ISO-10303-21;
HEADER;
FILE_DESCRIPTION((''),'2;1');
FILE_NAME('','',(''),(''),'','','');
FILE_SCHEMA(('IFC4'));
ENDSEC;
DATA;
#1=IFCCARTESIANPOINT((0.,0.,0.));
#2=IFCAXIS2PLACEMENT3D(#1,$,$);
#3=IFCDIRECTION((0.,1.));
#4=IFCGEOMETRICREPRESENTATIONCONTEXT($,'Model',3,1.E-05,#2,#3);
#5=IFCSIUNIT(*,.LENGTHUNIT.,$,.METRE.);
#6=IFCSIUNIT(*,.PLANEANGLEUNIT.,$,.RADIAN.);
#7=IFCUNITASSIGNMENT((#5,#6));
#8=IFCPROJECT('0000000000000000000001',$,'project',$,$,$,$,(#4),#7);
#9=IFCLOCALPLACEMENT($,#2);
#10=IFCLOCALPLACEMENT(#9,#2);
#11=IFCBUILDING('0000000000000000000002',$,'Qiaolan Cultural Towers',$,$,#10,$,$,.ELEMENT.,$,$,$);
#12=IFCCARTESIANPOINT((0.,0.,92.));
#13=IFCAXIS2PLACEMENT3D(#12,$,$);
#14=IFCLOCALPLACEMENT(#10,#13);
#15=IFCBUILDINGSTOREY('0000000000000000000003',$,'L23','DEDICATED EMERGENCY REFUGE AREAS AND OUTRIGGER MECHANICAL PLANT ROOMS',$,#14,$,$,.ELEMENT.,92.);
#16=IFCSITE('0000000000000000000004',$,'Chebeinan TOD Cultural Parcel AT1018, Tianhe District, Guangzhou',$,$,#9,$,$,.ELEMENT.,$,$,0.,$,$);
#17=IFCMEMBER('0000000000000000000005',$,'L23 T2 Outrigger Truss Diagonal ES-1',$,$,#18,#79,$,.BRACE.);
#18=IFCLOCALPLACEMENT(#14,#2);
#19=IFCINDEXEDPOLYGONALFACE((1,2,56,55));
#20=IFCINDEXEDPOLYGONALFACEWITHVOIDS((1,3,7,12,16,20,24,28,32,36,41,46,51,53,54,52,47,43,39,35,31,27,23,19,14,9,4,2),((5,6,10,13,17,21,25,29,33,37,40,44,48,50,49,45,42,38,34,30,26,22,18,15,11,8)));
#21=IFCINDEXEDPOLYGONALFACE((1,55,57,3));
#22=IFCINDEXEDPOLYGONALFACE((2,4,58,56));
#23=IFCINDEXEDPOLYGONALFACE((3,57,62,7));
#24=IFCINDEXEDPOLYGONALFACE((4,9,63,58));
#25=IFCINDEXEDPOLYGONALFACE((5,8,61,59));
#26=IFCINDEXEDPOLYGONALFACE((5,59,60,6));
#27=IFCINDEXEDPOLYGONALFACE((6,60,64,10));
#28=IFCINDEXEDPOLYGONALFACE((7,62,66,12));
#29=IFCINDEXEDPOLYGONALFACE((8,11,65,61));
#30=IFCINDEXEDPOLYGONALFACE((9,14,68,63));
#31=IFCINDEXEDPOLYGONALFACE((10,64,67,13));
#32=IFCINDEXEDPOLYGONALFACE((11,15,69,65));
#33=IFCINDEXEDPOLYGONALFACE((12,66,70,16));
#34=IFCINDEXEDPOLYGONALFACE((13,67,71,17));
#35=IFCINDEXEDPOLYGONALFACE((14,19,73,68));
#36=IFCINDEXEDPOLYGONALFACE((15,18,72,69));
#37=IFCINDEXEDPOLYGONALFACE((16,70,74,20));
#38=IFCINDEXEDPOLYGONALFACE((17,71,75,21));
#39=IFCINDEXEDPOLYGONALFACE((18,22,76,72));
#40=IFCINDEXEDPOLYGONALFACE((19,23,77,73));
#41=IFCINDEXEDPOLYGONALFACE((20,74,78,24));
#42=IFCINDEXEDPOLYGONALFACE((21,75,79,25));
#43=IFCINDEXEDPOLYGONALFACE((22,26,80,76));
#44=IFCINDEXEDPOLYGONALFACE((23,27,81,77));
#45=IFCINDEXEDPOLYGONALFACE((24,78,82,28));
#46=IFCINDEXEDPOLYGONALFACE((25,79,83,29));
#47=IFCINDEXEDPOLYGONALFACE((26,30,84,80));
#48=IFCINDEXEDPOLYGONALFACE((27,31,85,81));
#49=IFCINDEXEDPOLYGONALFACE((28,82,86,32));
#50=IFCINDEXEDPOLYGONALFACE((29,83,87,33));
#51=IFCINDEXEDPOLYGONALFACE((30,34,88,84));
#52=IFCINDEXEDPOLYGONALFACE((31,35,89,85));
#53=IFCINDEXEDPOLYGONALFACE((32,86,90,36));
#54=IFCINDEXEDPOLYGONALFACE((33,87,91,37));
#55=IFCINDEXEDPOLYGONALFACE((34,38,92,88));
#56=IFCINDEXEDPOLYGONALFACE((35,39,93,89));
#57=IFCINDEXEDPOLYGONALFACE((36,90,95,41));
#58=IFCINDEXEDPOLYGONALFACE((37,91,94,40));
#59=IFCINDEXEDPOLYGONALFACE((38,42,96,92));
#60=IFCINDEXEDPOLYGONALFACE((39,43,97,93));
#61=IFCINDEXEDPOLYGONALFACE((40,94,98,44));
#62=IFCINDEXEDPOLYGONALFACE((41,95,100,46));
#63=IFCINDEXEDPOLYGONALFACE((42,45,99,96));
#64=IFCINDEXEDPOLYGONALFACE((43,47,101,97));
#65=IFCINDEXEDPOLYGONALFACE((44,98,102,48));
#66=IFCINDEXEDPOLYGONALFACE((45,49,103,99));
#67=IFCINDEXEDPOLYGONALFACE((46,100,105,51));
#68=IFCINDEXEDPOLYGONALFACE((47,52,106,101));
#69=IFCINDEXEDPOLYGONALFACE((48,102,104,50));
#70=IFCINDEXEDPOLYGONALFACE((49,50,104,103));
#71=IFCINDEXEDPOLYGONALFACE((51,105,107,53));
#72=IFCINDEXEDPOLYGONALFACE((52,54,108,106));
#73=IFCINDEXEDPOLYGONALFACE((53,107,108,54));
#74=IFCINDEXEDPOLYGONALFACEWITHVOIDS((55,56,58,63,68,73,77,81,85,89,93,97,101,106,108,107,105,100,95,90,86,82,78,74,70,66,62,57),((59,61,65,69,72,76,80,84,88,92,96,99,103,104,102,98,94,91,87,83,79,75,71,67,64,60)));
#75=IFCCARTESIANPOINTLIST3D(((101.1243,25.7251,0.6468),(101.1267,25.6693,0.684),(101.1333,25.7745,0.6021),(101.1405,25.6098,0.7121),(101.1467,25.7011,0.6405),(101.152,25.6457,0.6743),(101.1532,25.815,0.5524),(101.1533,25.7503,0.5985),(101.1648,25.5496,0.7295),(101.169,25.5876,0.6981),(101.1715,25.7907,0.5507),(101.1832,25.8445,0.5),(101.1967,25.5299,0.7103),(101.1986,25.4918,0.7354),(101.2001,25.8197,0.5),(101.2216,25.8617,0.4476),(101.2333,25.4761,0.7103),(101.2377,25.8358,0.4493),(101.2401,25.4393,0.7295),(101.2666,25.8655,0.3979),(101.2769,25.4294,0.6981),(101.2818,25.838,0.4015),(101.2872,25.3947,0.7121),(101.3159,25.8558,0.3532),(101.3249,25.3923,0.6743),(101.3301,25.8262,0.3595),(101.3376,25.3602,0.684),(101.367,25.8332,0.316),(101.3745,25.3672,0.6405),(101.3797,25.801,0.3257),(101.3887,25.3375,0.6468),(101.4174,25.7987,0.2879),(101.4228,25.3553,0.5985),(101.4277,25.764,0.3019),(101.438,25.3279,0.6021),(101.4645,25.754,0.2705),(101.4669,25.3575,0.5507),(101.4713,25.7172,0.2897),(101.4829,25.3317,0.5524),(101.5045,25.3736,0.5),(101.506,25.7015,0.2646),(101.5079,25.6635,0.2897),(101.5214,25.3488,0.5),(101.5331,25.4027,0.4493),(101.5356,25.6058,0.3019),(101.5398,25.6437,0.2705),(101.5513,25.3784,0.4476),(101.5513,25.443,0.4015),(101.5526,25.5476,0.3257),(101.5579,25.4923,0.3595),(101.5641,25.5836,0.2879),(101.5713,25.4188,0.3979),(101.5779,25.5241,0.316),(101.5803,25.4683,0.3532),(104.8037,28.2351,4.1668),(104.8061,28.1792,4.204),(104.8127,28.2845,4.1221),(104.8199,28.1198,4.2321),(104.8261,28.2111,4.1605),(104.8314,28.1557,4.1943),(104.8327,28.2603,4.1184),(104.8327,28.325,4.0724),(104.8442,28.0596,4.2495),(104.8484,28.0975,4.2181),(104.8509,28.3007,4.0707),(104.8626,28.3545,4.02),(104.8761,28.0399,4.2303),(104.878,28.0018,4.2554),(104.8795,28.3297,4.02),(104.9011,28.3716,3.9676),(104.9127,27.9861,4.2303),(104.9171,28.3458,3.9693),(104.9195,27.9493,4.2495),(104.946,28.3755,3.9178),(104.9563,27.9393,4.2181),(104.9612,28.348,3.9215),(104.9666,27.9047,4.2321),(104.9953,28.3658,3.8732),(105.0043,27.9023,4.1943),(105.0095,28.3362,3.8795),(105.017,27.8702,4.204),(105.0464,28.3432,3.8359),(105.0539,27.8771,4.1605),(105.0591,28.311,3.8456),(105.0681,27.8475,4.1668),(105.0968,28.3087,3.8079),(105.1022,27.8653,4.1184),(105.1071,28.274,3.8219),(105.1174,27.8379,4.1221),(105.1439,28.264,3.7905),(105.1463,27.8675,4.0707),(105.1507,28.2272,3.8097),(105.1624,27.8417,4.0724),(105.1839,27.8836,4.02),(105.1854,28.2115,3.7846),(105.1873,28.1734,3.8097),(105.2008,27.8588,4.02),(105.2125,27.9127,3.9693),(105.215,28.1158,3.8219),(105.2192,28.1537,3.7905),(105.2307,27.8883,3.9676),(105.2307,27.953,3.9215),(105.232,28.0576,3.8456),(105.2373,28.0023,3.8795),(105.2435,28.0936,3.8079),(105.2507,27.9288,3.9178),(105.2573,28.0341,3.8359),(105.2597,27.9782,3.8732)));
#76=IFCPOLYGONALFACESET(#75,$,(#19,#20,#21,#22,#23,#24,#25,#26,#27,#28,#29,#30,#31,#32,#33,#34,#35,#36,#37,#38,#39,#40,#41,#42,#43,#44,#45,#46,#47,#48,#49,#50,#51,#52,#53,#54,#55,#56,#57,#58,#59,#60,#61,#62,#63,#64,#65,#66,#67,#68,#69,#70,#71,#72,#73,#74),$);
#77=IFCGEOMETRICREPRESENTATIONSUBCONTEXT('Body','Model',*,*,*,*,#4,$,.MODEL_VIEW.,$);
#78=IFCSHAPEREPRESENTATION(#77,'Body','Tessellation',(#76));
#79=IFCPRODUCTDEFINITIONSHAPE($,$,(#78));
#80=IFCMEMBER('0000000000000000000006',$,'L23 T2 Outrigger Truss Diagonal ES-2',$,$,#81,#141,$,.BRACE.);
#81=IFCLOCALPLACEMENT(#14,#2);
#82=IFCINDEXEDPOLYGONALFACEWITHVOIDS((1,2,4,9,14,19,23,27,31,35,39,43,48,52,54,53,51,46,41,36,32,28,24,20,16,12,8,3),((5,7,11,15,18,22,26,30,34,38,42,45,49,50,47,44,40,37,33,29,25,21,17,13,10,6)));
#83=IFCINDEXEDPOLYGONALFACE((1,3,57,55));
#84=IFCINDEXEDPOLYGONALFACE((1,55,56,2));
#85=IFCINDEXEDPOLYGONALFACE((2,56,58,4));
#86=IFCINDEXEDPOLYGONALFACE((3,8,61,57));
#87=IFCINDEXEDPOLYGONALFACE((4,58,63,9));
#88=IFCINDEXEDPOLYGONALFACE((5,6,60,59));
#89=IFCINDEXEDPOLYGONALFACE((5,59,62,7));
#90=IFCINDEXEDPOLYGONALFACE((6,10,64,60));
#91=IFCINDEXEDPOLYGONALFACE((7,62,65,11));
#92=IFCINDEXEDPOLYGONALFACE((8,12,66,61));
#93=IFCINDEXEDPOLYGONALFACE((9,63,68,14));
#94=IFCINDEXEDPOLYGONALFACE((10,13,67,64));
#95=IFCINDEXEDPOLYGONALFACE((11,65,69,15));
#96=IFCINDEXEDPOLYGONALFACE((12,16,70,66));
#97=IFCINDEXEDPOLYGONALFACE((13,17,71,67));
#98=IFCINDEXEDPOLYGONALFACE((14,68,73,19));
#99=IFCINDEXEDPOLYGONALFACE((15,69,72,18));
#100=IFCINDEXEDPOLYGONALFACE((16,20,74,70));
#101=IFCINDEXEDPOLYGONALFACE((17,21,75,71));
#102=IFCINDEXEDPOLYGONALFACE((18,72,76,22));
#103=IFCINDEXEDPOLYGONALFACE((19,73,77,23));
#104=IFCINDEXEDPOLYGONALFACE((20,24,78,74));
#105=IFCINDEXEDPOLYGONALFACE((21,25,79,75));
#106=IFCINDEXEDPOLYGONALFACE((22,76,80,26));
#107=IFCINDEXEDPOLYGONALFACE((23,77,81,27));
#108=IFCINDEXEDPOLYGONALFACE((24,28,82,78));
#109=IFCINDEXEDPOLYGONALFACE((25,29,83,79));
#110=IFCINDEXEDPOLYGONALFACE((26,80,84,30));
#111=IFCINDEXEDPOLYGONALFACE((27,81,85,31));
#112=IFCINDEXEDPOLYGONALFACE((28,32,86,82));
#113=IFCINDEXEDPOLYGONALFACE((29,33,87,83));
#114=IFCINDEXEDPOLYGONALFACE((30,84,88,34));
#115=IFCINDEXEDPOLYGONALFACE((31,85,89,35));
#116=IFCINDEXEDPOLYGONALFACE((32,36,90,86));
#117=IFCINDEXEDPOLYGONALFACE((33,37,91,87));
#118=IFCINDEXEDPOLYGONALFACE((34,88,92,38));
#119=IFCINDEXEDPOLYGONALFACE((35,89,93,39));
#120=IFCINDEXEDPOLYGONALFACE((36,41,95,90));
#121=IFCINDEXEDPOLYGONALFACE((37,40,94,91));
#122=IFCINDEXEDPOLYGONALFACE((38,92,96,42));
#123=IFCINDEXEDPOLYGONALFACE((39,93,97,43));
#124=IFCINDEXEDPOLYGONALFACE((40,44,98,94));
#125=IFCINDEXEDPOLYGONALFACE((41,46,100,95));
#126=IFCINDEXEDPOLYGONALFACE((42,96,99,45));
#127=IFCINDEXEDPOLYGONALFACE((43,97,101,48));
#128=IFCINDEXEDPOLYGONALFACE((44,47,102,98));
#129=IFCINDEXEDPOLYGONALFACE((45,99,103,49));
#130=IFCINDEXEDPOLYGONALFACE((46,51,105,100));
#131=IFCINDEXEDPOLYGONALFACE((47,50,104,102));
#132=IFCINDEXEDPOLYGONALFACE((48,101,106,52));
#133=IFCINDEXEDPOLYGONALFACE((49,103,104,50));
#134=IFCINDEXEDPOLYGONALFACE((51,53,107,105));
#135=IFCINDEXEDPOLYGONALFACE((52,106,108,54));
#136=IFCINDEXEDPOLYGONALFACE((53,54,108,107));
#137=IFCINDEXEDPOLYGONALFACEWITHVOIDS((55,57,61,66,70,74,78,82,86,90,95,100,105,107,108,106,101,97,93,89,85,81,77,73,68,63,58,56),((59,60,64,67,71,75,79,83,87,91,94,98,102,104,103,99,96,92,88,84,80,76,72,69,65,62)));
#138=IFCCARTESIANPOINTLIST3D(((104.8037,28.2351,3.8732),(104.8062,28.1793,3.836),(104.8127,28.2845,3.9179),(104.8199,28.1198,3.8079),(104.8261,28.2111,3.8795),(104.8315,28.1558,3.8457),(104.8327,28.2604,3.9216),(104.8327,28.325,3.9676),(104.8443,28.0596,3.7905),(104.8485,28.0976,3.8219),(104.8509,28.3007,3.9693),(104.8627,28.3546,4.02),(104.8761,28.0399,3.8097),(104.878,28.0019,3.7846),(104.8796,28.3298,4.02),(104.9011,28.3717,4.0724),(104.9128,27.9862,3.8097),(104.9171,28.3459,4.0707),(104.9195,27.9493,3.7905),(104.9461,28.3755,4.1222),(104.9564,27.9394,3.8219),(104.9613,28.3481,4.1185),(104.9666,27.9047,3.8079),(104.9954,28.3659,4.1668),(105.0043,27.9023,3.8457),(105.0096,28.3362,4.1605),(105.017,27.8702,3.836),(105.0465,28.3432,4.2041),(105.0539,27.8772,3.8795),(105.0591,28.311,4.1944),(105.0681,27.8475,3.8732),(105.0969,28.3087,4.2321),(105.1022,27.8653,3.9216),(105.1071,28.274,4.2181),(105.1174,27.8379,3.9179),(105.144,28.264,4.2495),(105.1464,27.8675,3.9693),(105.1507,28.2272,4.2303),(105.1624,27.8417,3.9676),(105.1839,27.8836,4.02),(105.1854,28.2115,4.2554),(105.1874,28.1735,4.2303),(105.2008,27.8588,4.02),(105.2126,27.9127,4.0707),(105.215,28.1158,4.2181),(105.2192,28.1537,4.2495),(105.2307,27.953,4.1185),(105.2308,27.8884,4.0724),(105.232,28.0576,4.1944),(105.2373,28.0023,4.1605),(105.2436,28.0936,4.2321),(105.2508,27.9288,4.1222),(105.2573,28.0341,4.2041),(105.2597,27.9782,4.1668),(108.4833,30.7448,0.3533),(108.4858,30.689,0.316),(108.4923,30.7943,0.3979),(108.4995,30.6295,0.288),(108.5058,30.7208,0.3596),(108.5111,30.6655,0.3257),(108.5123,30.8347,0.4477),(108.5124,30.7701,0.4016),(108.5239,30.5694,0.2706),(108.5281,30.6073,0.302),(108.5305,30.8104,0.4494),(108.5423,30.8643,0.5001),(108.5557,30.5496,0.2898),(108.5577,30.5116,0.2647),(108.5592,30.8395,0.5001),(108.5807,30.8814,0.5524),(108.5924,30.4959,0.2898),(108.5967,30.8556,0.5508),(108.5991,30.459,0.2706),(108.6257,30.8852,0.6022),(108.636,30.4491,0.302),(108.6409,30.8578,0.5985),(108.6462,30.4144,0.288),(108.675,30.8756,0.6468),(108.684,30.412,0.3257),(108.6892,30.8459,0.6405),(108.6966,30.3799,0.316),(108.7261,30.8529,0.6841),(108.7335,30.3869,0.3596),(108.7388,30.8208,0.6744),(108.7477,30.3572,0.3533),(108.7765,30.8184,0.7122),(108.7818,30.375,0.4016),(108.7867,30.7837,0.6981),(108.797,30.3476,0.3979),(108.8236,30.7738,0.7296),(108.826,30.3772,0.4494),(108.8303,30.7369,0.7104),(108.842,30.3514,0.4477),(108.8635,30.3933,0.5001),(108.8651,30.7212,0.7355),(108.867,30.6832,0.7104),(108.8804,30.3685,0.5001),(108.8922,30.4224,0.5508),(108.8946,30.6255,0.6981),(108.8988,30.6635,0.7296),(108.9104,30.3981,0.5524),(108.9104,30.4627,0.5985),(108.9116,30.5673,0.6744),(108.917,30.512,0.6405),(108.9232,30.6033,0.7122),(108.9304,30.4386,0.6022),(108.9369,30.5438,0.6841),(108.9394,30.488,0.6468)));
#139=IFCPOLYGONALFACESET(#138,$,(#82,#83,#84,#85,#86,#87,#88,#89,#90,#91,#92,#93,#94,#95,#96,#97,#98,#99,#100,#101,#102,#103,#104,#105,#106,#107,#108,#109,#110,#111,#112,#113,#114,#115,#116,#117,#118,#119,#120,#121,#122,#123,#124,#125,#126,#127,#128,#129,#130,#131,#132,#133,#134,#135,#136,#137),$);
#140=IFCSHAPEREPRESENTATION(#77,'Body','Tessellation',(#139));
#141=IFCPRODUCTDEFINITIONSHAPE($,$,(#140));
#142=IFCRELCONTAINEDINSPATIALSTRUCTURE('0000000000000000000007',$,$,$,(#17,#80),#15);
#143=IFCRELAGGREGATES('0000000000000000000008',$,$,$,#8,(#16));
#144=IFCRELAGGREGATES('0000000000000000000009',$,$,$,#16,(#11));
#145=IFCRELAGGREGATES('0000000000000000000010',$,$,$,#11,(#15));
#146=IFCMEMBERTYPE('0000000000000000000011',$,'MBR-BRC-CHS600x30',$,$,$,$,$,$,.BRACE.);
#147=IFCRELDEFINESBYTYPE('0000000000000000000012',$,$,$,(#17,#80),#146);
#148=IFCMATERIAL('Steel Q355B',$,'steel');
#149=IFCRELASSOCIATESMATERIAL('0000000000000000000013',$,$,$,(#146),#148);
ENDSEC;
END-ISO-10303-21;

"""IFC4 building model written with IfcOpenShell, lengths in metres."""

from ifc_helpers import new_model, si_unit, direction, frame, origin, origin_2d, place, context, subcontext, project, spatial, hollow_circle, extrude, material, material_profile, profile_set, type_object, element, save


model = new_model("IFC4")

# Units and contexts
model_context = context("Model", 3, precision=1e-05, world=origin(), true_north=direction((0.0, 1.0)))
body_context = subcontext(model_context, "Body", "Model", "MODEL_VIEW")
ifc_project = project(units=[si_unit("LENGTHUNIT", "METRE"), si_unit("PLANEANGLEUNIT", "RADIAN")], contexts=[model_context])

# Site, building, storey
site_placement = place(None, origin())
site = spatial("IfcSite", under=ifc_project, at=site_placement, Name="Chebeinan TOD Cultural Parcel AT1018, Tianhe District, Guangzhou", CompositionType="ELEMENT", RefElevation=0.0)
building_placement = place(site_placement, origin())
building = spatial("IfcBuilding", under=site, at=building_placement, Name="Qiaolan Cultural Towers", CompositionType="ELEMENT")
storey_placement = place(building_placement, frame((0.0, 0.0, 92.0)))
storey = spatial("IfcBuildingStorey", under=building, at=storey_placement, Name="L23", Description="DEDICATED EMERGENCY REFUGE AREAS AND OUTRIGGER MECHANICAL PLANT ROOMS", CompositionType="ELEMENT", Elevation=92.0)

# Members
ifc_material_1 = material(Name="Steel Q355B", Category="steel")
ifc_material_profile_1 = material_profile(ifc_material_1, hollow_circle(Radius=0.3, WallThickness=0.03, at=origin_2d()), Name="CHS600x30")
ifc_profile_set_1 = profile_set([ifc_material_profile_1], Name="Steel Q355B")
member_type_1 = type_object("IfcMemberType", Name="MBR-BRC-CHS600x30", PredefinedType="BRACE", material=ifc_profile_set_1)
for number, where, z_axis, x_axis, name in (
    (1, (101.3523, 25.5967, 0.5), (0.648125, 0.442132, 0.620043), (-0.563536, 0.826092, 0.0), "L23 T2 Outrigger Truss Diagonal ES-1"),
    (2, (105.0317, 28.1067, 4.02), (0.648162, 0.442085, -0.620037), (-0.563473, 0.826135, 0.0), "L23 T2 Outrigger Truss Diagonal ES-2"),
):
    element("IfcMember", number, at=place(storey_placement, frame(where, z_axis=z_axis, x_axis=x_axis)), inside=storey, type_object=member_type_1, Name=name, PredefinedType="BRACE", context=body_context, shape_type="SweptSolid", body=[
        extrude(hollow_circle(Radius=0.3, WallThickness=0.03, at=origin_2d()), origin(), (0.0, 0.0, 1.0), 5.677),
    ])

save(model, "model.ifc")
